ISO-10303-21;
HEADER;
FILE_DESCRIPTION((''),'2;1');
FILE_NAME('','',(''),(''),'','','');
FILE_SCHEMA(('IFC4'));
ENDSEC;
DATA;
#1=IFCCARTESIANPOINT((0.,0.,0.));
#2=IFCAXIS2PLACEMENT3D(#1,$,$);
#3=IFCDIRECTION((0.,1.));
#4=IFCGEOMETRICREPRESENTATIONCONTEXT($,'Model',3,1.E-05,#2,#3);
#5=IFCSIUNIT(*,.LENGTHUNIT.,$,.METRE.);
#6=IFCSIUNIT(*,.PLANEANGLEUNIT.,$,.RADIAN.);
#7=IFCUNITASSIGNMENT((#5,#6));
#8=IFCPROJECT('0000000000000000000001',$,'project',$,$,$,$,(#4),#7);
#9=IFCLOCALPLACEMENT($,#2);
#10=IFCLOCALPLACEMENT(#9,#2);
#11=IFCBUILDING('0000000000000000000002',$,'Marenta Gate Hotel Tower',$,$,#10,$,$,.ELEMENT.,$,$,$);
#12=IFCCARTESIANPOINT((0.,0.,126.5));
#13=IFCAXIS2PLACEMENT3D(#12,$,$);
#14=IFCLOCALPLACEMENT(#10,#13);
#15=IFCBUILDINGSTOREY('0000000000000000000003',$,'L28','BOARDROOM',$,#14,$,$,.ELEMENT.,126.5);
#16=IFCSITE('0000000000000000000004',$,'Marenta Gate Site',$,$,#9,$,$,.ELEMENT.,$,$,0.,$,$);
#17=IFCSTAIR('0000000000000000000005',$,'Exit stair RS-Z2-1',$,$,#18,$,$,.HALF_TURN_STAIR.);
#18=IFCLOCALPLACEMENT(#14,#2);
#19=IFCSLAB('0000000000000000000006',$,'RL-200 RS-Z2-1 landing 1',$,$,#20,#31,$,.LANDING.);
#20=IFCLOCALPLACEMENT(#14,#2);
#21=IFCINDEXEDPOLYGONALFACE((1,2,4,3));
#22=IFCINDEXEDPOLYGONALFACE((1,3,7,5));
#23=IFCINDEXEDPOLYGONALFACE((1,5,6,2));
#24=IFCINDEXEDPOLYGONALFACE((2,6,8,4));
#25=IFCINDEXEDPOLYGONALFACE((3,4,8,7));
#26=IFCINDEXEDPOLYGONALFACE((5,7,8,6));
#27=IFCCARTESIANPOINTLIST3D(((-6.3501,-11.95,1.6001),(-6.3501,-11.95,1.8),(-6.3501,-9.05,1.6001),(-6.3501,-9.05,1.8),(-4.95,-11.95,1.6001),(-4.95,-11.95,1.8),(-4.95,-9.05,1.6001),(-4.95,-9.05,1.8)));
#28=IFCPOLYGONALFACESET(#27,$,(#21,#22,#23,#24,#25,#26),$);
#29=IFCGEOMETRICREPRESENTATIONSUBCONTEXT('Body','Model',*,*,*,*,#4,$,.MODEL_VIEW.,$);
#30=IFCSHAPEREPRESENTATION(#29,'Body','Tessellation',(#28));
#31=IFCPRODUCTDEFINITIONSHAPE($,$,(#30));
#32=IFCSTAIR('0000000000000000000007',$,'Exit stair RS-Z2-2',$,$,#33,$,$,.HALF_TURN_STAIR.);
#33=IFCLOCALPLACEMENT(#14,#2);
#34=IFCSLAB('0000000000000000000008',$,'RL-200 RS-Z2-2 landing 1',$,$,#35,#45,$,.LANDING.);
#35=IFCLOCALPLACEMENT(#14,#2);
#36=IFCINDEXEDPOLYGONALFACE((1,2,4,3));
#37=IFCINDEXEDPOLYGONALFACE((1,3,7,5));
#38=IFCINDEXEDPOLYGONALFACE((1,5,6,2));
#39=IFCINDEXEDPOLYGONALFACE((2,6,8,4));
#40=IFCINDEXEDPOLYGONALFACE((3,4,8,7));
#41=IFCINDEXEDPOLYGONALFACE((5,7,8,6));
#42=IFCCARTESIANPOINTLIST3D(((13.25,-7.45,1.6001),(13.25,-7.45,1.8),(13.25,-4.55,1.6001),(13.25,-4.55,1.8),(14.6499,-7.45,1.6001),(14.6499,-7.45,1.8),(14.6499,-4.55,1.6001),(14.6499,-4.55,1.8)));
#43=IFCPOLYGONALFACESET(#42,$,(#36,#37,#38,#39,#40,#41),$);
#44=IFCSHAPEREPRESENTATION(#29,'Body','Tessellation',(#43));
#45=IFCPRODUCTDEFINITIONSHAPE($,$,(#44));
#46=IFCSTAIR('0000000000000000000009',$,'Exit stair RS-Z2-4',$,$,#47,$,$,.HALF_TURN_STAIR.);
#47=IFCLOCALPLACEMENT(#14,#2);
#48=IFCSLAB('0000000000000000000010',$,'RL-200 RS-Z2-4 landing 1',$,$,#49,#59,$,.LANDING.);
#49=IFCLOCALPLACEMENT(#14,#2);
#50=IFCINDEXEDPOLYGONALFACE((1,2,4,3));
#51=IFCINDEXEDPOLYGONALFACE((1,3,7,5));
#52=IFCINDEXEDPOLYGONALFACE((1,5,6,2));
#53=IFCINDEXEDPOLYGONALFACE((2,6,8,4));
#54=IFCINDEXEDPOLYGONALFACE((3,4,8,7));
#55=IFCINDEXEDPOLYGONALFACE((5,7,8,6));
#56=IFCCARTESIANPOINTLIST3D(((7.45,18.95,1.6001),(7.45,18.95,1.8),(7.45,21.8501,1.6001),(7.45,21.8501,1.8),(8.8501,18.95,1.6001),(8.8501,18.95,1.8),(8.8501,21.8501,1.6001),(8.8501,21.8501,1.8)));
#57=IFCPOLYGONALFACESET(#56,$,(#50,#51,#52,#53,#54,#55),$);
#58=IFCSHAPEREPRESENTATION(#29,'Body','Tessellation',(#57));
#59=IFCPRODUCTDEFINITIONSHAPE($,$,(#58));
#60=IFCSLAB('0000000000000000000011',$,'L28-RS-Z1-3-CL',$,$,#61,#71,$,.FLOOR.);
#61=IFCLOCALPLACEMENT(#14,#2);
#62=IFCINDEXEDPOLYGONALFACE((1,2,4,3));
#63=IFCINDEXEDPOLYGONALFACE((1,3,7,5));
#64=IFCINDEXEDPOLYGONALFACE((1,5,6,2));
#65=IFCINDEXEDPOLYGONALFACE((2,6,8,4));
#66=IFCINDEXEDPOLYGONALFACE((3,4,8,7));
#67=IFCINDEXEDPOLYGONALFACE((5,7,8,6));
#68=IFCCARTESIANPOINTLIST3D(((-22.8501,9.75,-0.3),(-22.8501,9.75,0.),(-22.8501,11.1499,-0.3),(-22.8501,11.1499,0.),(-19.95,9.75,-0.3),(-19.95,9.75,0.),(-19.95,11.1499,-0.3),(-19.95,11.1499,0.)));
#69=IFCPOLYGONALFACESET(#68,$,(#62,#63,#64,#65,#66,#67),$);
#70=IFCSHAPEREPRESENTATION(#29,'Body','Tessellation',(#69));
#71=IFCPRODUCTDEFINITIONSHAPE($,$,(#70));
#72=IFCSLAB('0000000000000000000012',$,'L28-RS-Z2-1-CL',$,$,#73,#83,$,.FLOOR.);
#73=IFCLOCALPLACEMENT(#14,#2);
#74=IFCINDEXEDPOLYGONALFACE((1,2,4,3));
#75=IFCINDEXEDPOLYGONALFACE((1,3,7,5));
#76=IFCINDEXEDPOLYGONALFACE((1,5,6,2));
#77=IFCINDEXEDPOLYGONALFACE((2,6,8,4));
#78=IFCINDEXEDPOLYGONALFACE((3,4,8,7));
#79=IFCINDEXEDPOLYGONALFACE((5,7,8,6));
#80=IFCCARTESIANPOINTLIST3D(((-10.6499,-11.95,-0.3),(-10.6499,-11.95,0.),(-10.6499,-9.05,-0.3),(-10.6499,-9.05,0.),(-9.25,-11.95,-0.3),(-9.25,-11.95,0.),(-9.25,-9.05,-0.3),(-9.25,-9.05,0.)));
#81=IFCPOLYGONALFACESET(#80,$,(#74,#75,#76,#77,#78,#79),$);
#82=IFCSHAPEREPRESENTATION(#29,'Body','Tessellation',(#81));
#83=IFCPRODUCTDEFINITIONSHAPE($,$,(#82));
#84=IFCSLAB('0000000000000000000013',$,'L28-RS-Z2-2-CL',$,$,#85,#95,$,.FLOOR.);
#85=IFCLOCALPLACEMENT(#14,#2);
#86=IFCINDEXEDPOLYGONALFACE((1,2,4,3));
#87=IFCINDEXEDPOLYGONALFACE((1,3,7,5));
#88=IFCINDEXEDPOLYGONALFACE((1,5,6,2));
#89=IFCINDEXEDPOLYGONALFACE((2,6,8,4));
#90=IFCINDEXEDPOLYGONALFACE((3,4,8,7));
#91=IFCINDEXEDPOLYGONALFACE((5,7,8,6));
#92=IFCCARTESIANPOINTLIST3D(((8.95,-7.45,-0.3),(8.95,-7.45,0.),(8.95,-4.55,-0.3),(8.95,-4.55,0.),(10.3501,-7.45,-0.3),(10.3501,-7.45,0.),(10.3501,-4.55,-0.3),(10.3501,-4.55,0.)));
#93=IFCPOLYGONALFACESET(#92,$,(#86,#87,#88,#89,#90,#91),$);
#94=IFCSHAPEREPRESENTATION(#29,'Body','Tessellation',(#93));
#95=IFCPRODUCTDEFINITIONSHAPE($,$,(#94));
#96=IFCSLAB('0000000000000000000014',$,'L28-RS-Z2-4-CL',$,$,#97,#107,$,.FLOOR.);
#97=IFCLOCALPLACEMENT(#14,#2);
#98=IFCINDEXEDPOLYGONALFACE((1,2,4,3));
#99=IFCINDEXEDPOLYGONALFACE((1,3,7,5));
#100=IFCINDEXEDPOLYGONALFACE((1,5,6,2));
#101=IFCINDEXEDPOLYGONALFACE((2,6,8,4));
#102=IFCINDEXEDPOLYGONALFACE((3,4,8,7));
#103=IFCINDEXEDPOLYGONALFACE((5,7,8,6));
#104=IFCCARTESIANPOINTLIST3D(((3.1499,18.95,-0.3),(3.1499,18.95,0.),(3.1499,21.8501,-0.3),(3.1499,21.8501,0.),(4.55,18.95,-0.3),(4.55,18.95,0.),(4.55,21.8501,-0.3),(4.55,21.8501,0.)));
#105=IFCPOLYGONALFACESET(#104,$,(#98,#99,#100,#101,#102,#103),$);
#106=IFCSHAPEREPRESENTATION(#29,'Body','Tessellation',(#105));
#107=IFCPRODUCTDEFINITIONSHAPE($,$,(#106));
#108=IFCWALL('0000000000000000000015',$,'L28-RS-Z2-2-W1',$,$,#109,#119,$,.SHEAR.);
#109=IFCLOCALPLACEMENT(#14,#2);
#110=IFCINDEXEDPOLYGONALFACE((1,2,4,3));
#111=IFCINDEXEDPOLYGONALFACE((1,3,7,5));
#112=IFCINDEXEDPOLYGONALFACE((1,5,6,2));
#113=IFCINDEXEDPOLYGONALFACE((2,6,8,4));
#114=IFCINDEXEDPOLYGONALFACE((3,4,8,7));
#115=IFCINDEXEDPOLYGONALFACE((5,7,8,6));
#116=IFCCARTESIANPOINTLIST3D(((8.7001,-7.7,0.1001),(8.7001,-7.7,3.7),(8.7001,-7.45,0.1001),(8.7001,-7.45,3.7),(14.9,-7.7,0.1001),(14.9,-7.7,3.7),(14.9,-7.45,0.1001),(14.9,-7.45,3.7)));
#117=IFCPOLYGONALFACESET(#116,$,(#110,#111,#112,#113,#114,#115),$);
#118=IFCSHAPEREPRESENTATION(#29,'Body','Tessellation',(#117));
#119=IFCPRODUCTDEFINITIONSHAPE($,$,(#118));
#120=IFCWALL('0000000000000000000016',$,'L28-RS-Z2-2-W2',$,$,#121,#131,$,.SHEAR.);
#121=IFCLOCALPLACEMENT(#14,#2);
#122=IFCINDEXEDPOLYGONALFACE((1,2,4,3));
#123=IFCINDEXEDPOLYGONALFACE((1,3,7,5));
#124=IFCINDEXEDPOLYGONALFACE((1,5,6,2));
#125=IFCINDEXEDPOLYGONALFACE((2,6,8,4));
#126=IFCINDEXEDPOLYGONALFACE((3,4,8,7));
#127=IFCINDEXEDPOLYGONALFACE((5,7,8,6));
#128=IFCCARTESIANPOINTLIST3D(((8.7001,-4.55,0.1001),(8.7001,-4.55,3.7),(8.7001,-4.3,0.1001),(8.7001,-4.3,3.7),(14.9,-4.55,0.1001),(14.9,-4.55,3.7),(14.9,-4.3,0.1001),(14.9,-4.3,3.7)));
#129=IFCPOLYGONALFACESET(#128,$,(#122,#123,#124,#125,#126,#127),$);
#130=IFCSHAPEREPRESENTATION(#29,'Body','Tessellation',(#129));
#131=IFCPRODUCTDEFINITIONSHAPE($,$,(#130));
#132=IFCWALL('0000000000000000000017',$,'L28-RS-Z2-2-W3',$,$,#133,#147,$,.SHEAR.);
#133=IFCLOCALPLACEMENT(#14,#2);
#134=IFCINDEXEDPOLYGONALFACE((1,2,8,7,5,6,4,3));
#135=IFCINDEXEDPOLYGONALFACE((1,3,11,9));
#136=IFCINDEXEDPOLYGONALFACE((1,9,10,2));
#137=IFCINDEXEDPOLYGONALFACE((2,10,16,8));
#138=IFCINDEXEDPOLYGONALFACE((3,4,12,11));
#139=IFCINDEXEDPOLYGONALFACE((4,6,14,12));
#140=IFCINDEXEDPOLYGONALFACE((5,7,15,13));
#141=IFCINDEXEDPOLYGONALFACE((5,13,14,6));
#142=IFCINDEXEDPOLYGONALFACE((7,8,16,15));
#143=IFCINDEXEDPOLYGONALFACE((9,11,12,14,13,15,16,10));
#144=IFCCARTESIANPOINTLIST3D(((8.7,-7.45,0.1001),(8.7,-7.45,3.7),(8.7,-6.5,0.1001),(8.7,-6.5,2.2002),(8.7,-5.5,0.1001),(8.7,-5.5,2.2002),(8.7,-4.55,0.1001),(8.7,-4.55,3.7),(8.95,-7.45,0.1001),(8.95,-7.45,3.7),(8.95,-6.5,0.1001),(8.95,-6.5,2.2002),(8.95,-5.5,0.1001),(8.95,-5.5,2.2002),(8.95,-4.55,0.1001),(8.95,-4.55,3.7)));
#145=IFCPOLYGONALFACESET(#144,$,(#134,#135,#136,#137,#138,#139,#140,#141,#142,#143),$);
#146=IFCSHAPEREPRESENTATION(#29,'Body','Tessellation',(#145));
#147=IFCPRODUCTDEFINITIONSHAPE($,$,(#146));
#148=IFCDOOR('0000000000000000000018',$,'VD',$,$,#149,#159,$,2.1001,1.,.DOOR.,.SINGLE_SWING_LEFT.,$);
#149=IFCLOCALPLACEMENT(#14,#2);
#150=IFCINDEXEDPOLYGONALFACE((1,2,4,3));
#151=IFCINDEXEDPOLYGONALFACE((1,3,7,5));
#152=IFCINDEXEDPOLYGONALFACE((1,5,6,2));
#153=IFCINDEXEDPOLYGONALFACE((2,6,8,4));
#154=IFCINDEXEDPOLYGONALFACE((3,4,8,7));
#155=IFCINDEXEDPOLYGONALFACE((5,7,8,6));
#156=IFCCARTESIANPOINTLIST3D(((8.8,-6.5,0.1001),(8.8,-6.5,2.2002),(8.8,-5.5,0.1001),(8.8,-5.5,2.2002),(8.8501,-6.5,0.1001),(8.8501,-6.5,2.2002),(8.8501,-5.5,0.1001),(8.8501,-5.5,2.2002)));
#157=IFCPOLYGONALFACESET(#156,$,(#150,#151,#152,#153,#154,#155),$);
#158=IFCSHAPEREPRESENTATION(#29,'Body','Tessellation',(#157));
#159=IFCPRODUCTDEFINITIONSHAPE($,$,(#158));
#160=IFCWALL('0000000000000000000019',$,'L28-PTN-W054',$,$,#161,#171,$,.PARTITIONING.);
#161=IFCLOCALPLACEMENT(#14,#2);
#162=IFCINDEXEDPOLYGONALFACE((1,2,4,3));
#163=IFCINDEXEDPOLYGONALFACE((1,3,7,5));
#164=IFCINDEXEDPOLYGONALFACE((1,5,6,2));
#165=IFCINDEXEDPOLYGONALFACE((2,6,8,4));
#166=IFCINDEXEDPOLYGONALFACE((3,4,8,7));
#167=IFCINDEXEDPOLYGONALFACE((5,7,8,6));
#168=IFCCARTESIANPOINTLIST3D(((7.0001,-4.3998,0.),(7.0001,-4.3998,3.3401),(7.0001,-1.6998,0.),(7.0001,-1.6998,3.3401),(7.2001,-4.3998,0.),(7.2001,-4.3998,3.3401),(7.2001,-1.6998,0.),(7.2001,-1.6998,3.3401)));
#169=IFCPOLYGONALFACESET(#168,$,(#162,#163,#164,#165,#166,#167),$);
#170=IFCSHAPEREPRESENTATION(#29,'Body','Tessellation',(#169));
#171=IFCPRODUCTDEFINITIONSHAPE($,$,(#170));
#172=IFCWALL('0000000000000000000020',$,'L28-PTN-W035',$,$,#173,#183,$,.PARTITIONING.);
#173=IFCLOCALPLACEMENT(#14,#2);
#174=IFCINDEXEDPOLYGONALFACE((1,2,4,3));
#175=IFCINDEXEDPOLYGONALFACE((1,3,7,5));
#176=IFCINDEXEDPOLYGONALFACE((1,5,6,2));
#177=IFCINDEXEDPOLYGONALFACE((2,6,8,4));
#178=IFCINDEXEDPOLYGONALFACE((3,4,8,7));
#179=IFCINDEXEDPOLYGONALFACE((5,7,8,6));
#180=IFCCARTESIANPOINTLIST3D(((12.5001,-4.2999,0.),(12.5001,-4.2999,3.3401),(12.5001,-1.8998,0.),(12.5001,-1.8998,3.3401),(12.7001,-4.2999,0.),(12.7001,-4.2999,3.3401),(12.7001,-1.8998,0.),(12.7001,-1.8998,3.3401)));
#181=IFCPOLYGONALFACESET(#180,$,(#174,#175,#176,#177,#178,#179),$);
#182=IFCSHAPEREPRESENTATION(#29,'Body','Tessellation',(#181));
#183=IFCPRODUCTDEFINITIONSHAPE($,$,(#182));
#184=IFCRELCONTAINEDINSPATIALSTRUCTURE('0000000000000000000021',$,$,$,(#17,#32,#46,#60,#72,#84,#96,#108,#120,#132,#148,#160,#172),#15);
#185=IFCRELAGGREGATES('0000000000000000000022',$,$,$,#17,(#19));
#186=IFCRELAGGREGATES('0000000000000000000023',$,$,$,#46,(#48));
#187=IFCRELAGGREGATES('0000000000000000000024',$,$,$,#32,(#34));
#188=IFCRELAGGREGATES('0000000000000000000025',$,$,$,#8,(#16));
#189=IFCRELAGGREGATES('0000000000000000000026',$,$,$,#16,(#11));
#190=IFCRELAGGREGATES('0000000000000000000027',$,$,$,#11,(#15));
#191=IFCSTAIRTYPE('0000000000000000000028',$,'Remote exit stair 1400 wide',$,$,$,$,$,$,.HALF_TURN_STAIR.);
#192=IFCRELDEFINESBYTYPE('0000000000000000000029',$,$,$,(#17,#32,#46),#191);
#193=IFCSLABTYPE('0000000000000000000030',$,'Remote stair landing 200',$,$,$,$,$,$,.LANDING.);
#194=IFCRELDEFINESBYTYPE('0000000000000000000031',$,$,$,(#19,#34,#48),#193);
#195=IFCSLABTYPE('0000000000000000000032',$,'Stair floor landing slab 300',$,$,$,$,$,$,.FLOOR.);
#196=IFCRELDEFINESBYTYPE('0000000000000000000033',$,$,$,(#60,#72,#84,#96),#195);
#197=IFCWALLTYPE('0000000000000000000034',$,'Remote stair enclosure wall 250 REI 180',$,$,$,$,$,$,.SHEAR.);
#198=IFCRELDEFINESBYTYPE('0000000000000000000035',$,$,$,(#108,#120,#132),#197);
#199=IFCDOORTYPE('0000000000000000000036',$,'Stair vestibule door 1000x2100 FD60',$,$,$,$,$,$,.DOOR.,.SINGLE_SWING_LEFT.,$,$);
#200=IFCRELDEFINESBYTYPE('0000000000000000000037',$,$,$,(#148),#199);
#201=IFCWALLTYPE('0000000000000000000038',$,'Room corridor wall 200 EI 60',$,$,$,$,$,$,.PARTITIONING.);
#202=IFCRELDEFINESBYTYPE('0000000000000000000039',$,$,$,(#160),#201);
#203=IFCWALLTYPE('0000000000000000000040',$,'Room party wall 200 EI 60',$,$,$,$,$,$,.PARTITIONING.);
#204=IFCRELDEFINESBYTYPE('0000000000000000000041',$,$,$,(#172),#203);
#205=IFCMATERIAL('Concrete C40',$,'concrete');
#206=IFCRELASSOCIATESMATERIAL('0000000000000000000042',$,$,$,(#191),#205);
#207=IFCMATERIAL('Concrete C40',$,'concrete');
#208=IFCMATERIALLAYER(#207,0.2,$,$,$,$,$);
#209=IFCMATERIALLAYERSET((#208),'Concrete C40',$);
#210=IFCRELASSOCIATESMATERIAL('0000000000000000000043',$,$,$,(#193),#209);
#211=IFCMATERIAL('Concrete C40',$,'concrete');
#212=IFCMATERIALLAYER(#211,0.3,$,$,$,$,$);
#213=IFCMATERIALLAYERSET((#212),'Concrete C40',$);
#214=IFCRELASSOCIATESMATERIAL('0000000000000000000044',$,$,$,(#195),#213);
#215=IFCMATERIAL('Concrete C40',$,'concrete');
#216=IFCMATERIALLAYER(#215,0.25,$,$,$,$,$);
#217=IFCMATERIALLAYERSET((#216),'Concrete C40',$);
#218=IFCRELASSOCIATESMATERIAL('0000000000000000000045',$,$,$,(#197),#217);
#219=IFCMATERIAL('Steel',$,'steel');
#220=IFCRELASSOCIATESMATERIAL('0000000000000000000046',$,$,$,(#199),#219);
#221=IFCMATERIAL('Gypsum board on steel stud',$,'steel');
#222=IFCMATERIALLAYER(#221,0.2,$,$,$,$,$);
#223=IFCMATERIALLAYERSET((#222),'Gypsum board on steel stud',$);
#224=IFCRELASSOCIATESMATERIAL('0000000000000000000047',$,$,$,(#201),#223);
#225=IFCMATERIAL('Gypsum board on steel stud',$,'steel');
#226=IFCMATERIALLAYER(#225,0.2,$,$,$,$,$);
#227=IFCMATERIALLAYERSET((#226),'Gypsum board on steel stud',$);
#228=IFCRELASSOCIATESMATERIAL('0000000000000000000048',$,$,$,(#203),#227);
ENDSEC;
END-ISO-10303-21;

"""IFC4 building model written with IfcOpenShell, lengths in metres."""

from ifc_helpers import new_model, si_unit, direction, frame, frame_2d, origin, place, context, subcontext, project, spatial, polyline, rectangle, outline, extrude, material, layer, layer_set, type_object, element, fill, aggregate, save


model = new_model("IFC4")

# Units and contexts
model_context = context("Model", 3, precision=1e-05, world=origin(), true_north=direction((0.0, 1.0)))
body_context = subcontext(model_context, "Body", "Model", "MODEL_VIEW")
ifc_project = project(units=[si_unit("LENGTHUNIT", "METRE"), si_unit("PLANEANGLEUNIT", "RADIAN")], contexts=[model_context])

# Site, building, storey
site_placement = place(None, origin())
site = spatial("IfcSite", under=ifc_project, at=site_placement, Name="Marenta Gate Site", CompositionType="ELEMENT", RefElevation=0.0)
building_placement = place(site_placement, origin())
building = spatial("IfcBuilding", under=site, at=building_placement, Name="Marenta Gate Hotel Tower", CompositionType="ELEMENT")
storey_placement = place(building_placement, frame((0.0, 0.0, 126.5)))
storey = spatial("IfcBuildingStorey", under=building, at=storey_placement, Name="L28", Description="BOARDROOM", CompositionType="ELEMENT", Elevation=126.5)

# Stairs, slabs
ifc_material_1 = material(Name="Concrete C40", Category="concrete")
stair_type_1 = type_object("IfcStairType", Name="Remote exit stair 1400 wide", PredefinedType="HALF_TURN_STAIR", material=ifc_material_1)
ifc_material_2 = material(Name="Concrete C40", Category="concrete")
ifc_layer_1 = layer(ifc_material_2, 0.2)
ifc_layer_set_1 = layer_set([ifc_layer_1], Name="Concrete C40")
slab_type_1 = type_object("IfcSlabType", Name="Remote stair landing 200", PredefinedType="LANDING", material=ifc_layer_set_1)
stair_1_placement = place(storey_placement, origin())
stair_1 = element("IfcStair", 1, at=stair_1_placement, inside=storey, type_object=stair_type_1, Name="Exit stair RS-Z2-1", PredefinedType="HALF_TURN_STAIR")
slab_1_placement = place(storey_placement, frame((0.0, 0.0, 1.6001)))
slab_1 = element("IfcSlab", 2, at=slab_1_placement, type_object=slab_type_1, Name="RL-200 RS-Z2-1 landing 1", PredefinedType="LANDING", context=body_context, shape_type="SweptSolid", body=[
    extrude(outline(polyline([(-6.3501, -11.95), (-4.95, -11.95), (-4.95, -9.05), (-6.3501, -9.05), (-6.3501, -11.95)])), origin(), (0.0, 0.0, 1.0), 0.2),
])
aggregate(stair_1, [slab_1])
stair_2_placement = place(storey_placement, origin())
stair_2 = element("IfcStair", 3, at=stair_2_placement, inside=storey, type_object=stair_type_1, Name="Exit stair RS-Z2-2", PredefinedType="HALF_TURN_STAIR")
slab_2_placement = place(storey_placement, frame((0.0, 0.0, 1.6001)))
slab_2 = element("IfcSlab", 4, at=slab_2_placement, type_object=slab_type_1, Name="RL-200 RS-Z2-2 landing 1", PredefinedType="LANDING", context=body_context, shape_type="SweptSolid", body=[
    extrude(outline(polyline([(13.25, -7.45), (14.6499, -7.45), (14.6499, -4.55), (13.25, -4.55), (13.25, -7.45)])), origin(), (0.0, 0.0, 1.0), 0.2),
])
stair_3_placement = place(storey_placement, origin())
stair_3 = element("IfcStair", 5, at=stair_3_placement, inside=storey, type_object=stair_type_1, Name="Exit stair RS-Z2-4", PredefinedType="HALF_TURN_STAIR")
slab_3_placement = place(storey_placement, frame((0.0, 0.0, 1.6001)))
slab_3 = element("IfcSlab", 6, at=slab_3_placement, type_object=slab_type_1, Name="RL-200 RS-Z2-4 landing 1", PredefinedType="LANDING", context=body_context, shape_type="SweptSolid", body=[
    extrude(outline(polyline([(7.45, 18.95), (8.8501, 18.95), (8.8501, 21.8501), (7.45, 21.8501), (7.45, 18.95)])), origin(), (0.0, 0.0, 1.0), 0.2),
])
aggregate(stair_3, [slab_3])

# Slabs
ifc_material_3 = material(Name="Concrete C40", Category="concrete")
ifc_layer_2 = layer(ifc_material_3, 0.3)
ifc_layer_set_2 = layer_set([ifc_layer_2], Name="Concrete C40")
slab_type_2 = type_object("IfcSlabType", Name="Stair floor landing slab 300", PredefinedType="FLOOR", material=ifc_layer_set_2)
slab_4_placement = place(storey_placement, frame((0.0, 0.0, -0.3)))
element("IfcSlab", 7, at=slab_4_placement, inside=storey, type_object=slab_type_2, Name="L28-RS-Z1-3-CL", PredefinedType="FLOOR", context=body_context, shape_type="SweptSolid", body=[
    extrude(outline(polyline([(-19.95, 9.75), (-19.95, 11.1499), (-22.8501, 11.1499), (-22.8501, 9.75), (-19.95, 9.75)])), origin(), (0.0, 0.0, 1.0), 0.3),
])
slab_5_placement = place(storey_placement, frame((0.0, 0.0, -0.3)))
element("IfcSlab", 8, at=slab_5_placement, inside=storey, type_object=slab_type_2, Name="L28-RS-Z2-1-CL", PredefinedType="FLOOR", context=body_context, shape_type="SweptSolid", body=[
    extrude(outline(polyline([(-9.25, -11.95), (-9.25, -9.05), (-10.6499, -9.05), (-10.6499, -11.95), (-9.25, -11.95)])), origin(), (0.0, 0.0, 1.0), 0.3),
])
slab_6_placement = place(storey_placement, frame((0.0, 0.0, -0.3)))
element("IfcSlab", 9, at=slab_6_placement, inside=storey, type_object=slab_type_2, Name="L28-RS-Z2-2-CL", PredefinedType="FLOOR", context=body_context, shape_type="SweptSolid", body=[
    extrude(outline(polyline([(10.3501, -7.45), (10.3501, -4.55), (8.95, -4.55), (8.95, -7.45), (10.3501, -7.45)])), origin(), (0.0, 0.0, 1.0), 0.3),
])
slab_7_placement = place(storey_placement, frame((0.0, 0.0, -0.3)))
element("IfcSlab", 10, at=slab_7_placement, inside=storey, type_object=slab_type_2, Name="L28-RS-Z2-4-CL", PredefinedType="FLOOR", context=body_context, shape_type="SweptSolid", body=[
    extrude(outline(polyline([(4.55, 18.95), (4.55, 21.8501), (3.1499, 21.8501), (3.1499, 18.95), (4.55, 18.95)])), origin(), (0.0, 0.0, 1.0), 0.3),
])

# Walls
ifc_material_4 = material(Name="Concrete C40", Category="concrete")
ifc_layer_3 = layer(ifc_material_4, 0.25)
ifc_layer_set_3 = layer_set([ifc_layer_3], Name="Concrete C40")
wall_type_1 = type_object("IfcWallType", Name="Remote stair enclosure wall 250 REI 180", PredefinedType="SHEAR", material=ifc_layer_set_3)
for number, where, z_axis, x_axis, name in (
    (11, (8.7, -7.575, 0.1001), (0.0, 0.0, 1.0), (1.0, 0.0, 0.0), "L28-RS-Z2-2-W1"),
    (12, (8.7, -4.425, 0.1001), (0.0, 0.0, 1.0), (1.0, 0.0, 0.0), "L28-RS-Z2-2-W2"),
):
    element("IfcWall", number, at=place(storey_placement, frame(where, z_axis=z_axis, x_axis=x_axis)), inside=storey, type_object=wall_type_1, Name=name, PredefinedType="SHEAR", context=body_context, shape_type="SweptSolid", body=[
        extrude(rectangle(XDim=6.2, YDim=0.25, at=frame_2d((3.1001, 0.0))), origin(), (0.0, 0.0, 1.0), 3.5999),
    ])

# Wall, opening, door
wall_1_placement = place(storey_placement, frame((8.825, -7.45, 0.1001), z_axis=(0.0, 0.0, 1.0), x_axis=(0.0, 1.0, 0.0)))
wall_1 = element("IfcWall", 13, at=wall_1_placement, inside=storey, type_object=wall_type_1, Name="L28-RS-Z2-2-W3", PredefinedType="SHEAR", context=body_context, shape_type="SweptSolid", body=[
    extrude(rectangle(XDim=2.8999, YDim=0.25, at=frame_2d((1.45, 0.0))), origin(), (0.0, 0.0, 1.0), 3.5999),
])
opening_1_placement = place(wall_1_placement, frame((0.95, 0.0, 0.0)))
opening_1 = element("IfcOpeningElement", 14, at=opening_1_placement, cuts=wall_1, PredefinedType="OPENING", context=body_context, shape_type="SweptSolid", body=[
    extrude(rectangle(XDim=1.0, YDim=2.1001, at=frame_2d((0.5, 1.05))), frame((0.0, 0.125, 0.0), z_axis=(0.0, -1.0, 0.0), x_axis=(1.0, 0.0, 0.0)), (0.0, 0.0, 1.0), 0.25),
])
ifc_material_5 = material(Name="Steel", Category="steel")
door_type_1 = type_object("IfcDoorType", Name="Stair vestibule door 1000x2100 FD60", OperationType="SINGLE_SWING_LEFT", PredefinedType="DOOR", material=ifc_material_5)
door_1_placement = place(opening_1_placement, origin())
door_1 = element("IfcDoor", 15, at=door_1_placement, inside=storey, type_object=door_type_1, Name="VD", OperationType="SINGLE_SWING_LEFT", OverallHeight=2.1001, OverallWidth=1.0, PredefinedType="DOOR", context=body_context, shape_type="SweptSolid", body=[
    extrude(rectangle(XDim=1.0, YDim=2.1001, at=frame_2d((0.5, 1.05))), frame((0.0, 0.0249, 0.0), z_axis=(0.0, -1.0, 0.0), x_axis=(1.0, 0.0, 0.0)), (0.0, 0.0, 1.0), 0.05),
])
fill(opening_1, door_1)
ifc_material_6 = material(Name="Gypsum board on steel stud", Category="steel")
ifc_layer_4 = layer(ifc_material_6, 0.2)
ifc_layer_set_4 = layer_set([ifc_layer_4], Name="Gypsum board on steel stud")
wall_type_2 = type_object("IfcWallType", Name="Room corridor wall 200 EI 60", PredefinedType="PARTITIONING", material=ifc_layer_set_4)

# Wall
wall_2_placement = place(storey_placement, frame((7.1001, -4.3999, 0.0), z_axis=(0.0, 0.0, 1.0), x_axis=(0.0, 1.0, 0.0)))
element("IfcWall", 16, at=wall_2_placement, inside=storey, type_object=wall_type_2, Name="L28-PTN-W054", PredefinedType="PARTITIONING", context=body_context, shape_type="SweptSolid", body=[
    extrude(rectangle(XDim=2.7, YDim=0.2, at=frame_2d((1.3501, 0.0))), origin(), (0.0, 0.0, 1.0), 3.3401),
])

# Wall
ifc_material_7 = material(Name="Gypsum board on steel stud", Category="steel")
ifc_layer_5 = layer(ifc_material_7, 0.2)
ifc_layer_set_5 = layer_set([ifc_layer_5], Name="Gypsum board on steel stud")
wall_type_3 = type_object("IfcWallType", Name="Room party wall 200 EI 60", PredefinedType="PARTITIONING", material=ifc_layer_set_5)
wall_3_placement = place(storey_placement, frame((12.6001, -4.3, 0.0), z_axis=(0.0, 0.0, 1.0), x_axis=(0.0, 1.0, 0.0)))
element("IfcWall", 17, at=wall_3_placement, inside=storey, type_object=wall_type_3, Name="L28-PTN-W035", PredefinedType="PARTITIONING", context=body_context, shape_type="SweptSolid", body=[
    extrude(rectangle(XDim=2.4001, YDim=0.2, at=frame_2d((1.2002, 0.0))), origin(), (0.0, 0.0, 1.0), 3.3401),
])

aggregate(stair_2, [slab_2])

save(model, "model.ifc")
